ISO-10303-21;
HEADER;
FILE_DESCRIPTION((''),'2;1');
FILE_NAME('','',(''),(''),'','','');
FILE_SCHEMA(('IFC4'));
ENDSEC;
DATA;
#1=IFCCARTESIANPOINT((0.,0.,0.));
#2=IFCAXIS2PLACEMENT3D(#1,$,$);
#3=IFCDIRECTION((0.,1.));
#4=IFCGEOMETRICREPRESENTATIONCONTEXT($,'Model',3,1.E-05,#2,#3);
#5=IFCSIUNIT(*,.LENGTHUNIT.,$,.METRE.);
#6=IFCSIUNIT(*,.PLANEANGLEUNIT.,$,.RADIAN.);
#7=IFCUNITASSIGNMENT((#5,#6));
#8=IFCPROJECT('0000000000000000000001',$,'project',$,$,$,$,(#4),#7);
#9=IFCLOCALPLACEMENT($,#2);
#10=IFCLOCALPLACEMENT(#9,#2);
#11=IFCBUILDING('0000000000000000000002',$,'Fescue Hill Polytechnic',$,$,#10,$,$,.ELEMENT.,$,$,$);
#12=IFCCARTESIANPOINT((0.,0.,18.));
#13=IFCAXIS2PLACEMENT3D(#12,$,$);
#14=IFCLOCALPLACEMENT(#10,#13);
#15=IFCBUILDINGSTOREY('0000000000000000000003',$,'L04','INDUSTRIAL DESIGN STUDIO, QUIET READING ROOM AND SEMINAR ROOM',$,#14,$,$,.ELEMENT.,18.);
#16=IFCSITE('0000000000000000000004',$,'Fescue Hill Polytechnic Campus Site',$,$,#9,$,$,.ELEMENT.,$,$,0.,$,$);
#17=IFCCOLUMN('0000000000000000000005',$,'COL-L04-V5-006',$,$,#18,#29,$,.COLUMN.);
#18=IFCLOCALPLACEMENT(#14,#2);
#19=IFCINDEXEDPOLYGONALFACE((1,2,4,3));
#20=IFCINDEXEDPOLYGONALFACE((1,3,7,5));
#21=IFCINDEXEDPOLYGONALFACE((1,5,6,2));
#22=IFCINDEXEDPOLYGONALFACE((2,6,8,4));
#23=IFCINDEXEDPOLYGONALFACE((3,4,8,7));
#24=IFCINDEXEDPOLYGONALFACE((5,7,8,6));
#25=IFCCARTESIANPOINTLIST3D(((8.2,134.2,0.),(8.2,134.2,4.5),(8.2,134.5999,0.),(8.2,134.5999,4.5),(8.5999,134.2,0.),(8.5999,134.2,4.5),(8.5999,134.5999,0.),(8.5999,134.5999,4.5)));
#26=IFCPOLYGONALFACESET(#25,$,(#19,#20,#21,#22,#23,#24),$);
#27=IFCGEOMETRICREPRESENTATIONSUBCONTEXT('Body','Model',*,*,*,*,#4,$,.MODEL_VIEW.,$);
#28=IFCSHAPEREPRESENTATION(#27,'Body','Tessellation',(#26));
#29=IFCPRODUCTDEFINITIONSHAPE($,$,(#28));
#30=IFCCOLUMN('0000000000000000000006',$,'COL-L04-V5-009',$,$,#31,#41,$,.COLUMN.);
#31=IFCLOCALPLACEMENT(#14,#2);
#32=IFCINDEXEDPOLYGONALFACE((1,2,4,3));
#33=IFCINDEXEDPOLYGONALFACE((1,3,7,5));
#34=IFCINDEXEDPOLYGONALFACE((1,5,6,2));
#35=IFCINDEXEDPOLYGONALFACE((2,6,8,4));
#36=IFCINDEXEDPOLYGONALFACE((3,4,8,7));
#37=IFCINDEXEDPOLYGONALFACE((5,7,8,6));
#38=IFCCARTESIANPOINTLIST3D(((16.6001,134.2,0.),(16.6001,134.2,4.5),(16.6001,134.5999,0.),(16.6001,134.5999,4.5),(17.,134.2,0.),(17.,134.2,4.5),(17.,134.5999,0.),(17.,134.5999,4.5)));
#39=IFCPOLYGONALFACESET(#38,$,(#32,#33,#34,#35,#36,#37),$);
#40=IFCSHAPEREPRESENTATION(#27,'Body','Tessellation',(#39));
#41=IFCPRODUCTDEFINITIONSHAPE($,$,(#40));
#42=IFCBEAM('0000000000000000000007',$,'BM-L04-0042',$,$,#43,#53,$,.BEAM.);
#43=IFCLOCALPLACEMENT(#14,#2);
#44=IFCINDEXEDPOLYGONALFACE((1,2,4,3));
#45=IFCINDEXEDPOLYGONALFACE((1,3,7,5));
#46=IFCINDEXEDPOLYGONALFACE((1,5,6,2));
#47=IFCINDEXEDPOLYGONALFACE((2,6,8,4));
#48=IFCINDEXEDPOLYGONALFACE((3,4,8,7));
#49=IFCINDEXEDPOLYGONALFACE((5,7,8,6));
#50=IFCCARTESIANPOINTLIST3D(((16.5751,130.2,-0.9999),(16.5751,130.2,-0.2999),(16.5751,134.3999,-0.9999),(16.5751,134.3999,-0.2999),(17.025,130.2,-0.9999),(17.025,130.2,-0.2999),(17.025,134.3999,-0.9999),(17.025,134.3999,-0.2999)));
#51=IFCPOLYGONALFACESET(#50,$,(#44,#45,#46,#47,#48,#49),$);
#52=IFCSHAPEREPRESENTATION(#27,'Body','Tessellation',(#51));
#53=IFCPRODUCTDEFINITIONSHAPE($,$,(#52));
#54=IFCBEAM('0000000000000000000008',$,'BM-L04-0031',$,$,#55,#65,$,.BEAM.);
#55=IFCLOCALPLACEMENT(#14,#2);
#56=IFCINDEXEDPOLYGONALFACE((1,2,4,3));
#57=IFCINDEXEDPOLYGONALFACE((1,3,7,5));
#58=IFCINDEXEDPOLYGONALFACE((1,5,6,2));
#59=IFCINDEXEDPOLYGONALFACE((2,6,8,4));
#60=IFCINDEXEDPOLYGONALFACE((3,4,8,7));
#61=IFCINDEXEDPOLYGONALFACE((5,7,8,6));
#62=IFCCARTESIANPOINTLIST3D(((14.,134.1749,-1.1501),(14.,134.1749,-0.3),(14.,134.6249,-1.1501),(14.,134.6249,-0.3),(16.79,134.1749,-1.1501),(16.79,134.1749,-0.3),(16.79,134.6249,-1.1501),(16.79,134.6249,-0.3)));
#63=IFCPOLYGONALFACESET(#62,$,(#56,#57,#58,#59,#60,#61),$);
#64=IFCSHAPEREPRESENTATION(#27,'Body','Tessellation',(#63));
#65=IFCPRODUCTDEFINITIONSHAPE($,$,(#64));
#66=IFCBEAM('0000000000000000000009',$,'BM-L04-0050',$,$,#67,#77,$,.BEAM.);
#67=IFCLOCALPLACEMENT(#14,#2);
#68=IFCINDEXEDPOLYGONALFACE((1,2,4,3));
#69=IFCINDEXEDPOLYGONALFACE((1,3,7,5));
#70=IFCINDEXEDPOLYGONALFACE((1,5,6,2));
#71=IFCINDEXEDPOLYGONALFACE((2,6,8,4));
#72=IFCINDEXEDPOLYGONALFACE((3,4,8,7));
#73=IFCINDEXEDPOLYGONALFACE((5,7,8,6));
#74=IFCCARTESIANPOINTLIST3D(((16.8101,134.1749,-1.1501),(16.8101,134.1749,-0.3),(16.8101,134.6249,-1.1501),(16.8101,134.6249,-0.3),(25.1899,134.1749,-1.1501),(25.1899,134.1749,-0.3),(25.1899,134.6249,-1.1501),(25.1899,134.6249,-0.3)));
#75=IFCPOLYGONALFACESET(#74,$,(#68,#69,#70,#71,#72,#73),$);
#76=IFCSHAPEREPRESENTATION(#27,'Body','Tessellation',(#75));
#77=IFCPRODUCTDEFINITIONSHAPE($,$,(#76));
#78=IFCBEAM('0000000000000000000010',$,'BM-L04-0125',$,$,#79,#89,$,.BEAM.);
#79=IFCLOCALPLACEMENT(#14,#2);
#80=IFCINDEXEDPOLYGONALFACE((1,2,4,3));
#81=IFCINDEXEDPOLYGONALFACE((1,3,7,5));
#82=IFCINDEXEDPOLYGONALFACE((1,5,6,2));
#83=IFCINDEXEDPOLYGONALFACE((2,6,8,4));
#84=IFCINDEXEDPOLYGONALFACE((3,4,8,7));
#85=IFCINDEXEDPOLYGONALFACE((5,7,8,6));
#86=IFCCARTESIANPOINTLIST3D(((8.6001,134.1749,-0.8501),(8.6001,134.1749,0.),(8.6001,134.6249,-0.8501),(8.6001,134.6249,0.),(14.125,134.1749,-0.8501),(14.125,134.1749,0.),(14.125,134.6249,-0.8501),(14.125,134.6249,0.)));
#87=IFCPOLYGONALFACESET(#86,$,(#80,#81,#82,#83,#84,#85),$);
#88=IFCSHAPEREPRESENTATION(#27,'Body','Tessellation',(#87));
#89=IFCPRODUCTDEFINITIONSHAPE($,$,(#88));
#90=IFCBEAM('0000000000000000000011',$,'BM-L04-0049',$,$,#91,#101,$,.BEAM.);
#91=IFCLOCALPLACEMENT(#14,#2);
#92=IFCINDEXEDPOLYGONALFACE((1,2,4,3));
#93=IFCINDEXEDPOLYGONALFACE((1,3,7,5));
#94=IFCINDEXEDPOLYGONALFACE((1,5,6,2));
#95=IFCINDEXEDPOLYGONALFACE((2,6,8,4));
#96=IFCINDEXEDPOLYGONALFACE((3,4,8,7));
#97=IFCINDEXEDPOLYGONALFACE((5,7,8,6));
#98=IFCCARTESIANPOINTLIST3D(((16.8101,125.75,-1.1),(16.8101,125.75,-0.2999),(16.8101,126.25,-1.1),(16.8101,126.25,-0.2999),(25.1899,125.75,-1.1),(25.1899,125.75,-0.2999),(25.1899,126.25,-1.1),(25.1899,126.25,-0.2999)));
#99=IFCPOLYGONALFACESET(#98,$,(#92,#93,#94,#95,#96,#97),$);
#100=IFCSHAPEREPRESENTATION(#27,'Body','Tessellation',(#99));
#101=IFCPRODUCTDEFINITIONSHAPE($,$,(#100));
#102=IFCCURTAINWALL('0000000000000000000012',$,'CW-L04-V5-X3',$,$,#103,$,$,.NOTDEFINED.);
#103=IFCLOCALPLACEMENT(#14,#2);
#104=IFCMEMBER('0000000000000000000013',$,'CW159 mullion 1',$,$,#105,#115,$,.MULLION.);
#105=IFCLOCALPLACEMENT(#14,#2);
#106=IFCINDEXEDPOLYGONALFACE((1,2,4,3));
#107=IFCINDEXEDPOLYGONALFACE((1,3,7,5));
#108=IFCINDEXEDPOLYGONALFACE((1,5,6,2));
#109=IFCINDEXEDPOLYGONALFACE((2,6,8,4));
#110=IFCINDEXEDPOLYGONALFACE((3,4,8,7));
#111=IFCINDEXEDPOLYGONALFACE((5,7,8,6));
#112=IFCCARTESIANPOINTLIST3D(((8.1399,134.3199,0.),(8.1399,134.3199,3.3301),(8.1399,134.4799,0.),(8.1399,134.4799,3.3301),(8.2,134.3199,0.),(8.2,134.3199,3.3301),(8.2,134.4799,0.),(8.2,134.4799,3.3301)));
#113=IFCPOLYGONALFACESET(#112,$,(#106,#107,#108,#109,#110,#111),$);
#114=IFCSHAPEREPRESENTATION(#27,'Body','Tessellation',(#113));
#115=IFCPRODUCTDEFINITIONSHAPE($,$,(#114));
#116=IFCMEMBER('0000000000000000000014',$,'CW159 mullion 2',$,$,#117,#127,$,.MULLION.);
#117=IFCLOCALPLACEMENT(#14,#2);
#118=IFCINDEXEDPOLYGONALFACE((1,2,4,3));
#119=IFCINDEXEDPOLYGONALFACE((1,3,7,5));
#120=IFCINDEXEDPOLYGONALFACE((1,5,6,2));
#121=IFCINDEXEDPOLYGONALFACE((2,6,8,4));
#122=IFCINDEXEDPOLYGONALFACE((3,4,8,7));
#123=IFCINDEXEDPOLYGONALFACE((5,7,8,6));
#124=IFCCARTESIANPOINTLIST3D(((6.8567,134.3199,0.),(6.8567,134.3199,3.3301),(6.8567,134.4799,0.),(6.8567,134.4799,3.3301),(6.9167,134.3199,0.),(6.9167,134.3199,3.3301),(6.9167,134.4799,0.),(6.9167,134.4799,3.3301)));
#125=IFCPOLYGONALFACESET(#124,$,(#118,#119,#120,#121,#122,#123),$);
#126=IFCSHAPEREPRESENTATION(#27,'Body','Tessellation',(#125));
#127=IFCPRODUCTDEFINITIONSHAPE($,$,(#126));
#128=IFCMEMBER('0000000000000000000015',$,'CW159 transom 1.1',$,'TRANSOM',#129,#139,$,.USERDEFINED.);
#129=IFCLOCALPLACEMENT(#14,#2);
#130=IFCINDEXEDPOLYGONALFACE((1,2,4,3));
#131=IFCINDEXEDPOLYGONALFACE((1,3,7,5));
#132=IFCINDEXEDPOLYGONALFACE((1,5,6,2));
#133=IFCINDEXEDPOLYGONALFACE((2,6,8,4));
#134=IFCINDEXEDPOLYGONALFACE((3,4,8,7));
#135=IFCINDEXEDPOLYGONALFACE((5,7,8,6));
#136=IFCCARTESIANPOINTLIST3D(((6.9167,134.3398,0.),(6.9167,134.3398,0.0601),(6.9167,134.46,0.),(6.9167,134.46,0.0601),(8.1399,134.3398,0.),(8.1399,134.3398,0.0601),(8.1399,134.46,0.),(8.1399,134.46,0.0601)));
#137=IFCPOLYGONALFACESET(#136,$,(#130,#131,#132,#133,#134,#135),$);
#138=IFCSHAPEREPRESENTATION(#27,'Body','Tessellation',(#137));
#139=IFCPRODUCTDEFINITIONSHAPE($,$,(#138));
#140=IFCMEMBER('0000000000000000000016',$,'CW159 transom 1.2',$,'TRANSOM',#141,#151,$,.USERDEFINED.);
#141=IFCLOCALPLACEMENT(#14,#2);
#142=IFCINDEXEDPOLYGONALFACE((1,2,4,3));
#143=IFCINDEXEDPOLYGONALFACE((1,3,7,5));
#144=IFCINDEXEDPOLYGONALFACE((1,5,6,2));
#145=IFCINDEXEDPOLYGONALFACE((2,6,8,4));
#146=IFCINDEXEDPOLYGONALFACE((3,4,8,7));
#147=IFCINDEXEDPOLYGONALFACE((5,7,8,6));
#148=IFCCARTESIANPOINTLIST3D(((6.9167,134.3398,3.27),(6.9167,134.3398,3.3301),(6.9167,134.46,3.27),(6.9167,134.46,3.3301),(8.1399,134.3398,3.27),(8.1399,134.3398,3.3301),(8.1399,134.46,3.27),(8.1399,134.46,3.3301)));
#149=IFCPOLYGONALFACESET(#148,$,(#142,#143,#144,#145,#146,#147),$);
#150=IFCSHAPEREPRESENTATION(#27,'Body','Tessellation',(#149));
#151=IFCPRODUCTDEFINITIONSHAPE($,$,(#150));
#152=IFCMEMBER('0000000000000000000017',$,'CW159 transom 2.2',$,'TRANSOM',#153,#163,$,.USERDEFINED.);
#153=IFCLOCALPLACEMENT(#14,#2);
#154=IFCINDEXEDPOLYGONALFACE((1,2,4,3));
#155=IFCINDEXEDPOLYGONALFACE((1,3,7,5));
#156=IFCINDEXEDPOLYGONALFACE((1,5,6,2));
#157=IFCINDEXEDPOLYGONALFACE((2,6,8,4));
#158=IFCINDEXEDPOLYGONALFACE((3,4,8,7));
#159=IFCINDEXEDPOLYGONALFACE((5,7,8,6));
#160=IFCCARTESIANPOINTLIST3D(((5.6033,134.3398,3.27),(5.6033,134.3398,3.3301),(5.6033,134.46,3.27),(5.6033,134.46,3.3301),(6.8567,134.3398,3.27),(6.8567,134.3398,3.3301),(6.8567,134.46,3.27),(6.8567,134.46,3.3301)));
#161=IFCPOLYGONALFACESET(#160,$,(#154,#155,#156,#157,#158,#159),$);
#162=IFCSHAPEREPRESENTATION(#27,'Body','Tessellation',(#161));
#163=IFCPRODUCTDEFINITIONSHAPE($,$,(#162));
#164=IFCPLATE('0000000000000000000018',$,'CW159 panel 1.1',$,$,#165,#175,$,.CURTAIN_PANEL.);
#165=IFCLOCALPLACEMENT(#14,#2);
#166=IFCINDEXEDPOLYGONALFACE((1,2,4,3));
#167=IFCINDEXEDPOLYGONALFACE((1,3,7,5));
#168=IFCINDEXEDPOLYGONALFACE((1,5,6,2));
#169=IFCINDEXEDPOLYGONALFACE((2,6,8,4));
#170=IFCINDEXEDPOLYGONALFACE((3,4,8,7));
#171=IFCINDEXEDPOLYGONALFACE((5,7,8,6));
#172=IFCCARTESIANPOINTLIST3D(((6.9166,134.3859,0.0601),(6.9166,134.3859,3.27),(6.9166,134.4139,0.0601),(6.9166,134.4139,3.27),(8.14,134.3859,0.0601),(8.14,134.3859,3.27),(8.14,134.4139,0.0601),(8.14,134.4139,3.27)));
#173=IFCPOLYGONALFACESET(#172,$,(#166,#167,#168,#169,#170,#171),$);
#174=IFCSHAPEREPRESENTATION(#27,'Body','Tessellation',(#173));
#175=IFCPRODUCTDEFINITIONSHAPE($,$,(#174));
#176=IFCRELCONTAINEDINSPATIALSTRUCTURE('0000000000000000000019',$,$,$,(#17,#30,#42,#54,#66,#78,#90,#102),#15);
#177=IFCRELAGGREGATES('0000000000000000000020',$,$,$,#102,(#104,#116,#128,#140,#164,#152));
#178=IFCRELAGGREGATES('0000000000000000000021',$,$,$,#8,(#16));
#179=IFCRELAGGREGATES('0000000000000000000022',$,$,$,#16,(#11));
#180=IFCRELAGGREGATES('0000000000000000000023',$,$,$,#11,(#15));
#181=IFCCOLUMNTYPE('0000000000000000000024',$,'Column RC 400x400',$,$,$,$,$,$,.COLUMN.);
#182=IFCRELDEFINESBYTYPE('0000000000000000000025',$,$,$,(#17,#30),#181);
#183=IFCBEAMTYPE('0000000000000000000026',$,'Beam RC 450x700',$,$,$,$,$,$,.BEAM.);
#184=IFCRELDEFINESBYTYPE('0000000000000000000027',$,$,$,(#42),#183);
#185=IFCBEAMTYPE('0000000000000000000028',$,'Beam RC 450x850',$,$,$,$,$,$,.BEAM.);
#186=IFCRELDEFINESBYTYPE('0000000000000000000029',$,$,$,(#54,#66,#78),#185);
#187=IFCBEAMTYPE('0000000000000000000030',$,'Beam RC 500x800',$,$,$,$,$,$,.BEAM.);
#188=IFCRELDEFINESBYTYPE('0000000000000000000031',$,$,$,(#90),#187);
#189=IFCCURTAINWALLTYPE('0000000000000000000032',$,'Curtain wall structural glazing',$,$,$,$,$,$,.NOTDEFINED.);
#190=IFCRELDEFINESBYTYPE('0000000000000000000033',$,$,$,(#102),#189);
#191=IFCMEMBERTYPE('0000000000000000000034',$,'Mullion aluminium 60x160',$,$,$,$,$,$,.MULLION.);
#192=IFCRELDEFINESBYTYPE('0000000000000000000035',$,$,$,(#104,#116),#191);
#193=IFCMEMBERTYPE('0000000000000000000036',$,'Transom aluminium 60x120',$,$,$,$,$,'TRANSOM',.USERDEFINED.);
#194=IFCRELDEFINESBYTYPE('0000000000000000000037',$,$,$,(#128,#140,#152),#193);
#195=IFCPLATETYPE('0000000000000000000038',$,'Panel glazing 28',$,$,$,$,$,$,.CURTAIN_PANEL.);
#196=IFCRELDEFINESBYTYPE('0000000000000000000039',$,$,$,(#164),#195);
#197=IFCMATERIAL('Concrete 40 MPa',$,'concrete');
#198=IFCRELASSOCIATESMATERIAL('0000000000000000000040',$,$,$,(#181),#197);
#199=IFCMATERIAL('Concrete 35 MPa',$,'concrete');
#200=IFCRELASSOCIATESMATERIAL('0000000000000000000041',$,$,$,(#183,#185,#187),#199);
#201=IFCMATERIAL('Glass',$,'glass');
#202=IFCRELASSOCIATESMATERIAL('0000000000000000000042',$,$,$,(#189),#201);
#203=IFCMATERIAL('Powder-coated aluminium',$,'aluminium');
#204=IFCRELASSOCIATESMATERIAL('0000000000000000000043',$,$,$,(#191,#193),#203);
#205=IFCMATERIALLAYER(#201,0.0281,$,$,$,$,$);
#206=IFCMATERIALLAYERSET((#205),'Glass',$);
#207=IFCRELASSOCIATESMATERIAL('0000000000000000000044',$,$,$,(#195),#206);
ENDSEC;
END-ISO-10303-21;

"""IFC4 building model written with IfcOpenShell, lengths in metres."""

from ifc_helpers import new_model, si_unit, direction, frame, origin, origin_2d, place, context, subcontext, project, spatial, rectangle, extrude, material, layer, layer_set, material_profile, profile_set, type_object, element, aggregate, save


model = new_model("IFC4")

# Units and contexts
model_context = context("Model", 3, precision=1e-05, world=origin(), true_north=direction((0.0, 1.0)))
body_context = subcontext(model_context, "Body", "Model", "MODEL_VIEW")
ifc_project = project(units=[si_unit("LENGTHUNIT", "METRE"), si_unit("PLANEANGLEUNIT", "RADIAN")], contexts=[model_context])

# Site, building, storey
site_placement = place(None, origin())
site = spatial("IfcSite", under=ifc_project, at=site_placement, Name="Fescue Hill Polytechnic Campus Site", CompositionType="ELEMENT", RefElevation=0.0)
building_placement = place(site_placement, origin())
building = spatial("IfcBuilding", under=site, at=building_placement, Name="Fescue Hill Polytechnic", CompositionType="ELEMENT")
storey_placement = place(building_placement, frame((0.0, 0.0, 18.0)))
storey = spatial("IfcBuildingStorey", under=building, at=storey_placement, Name="L04", Description="INDUSTRIAL DESIGN STUDIO, QUIET READING ROOM AND SEMINAR ROOM", CompositionType="ELEMENT", Elevation=18.0)

# Columns
ifc_material_1 = material(Name="Concrete 40 MPa", Category="concrete")
ifc_material_profile_1 = material_profile(ifc_material_1, rectangle(XDim=0.3999, YDim=0.3999, at=origin_2d()), Name="RC 400x400")
ifc_profile_set_1 = profile_set([ifc_material_profile_1], Name="Concrete 40 MPa")
column_type = type_object("IfcColumnType", Name="Column RC 400x400", PredefinedType="COLUMN", material=ifc_profile_set_1)
for number, where, z_axis, x_axis, name in (
    (1, (8.3999, 134.3999, 0.0), (0.0, 0.0, 1.0), (1.0, 0.0, 0.0), "COL-L04-V5-006"),
    (2, (16.8, 134.3999, 0.0), (0.0, 0.0, 1.0), (1.0, 0.0, 0.0), "COL-L04-V5-009"),
):
    element("IfcColumn", number, at=place(storey_placement, frame(where, z_axis=z_axis, x_axis=x_axis)), inside=storey, type_object=column_type, Name=name, PredefinedType="COLUMN", context=body_context, shape_type="SweptSolid", body=[
        extrude(rectangle(XDim=0.3999, YDim=0.3999, at=origin_2d()), origin(), (0.0, 0.0, 1.0), 4.5),
    ])

# Beams
ifc_material_2 = material(Name="Concrete 35 MPa", Category="concrete")
ifc_material_profile_2 = material_profile(ifc_material_2, rectangle(XDim=0.45, YDim=0.7, at=origin_2d()), Name="RC 450x700")
ifc_profile_set_2 = profile_set([ifc_material_profile_2], Name="Concrete 35 MPa")
beam_type_1 = type_object("IfcBeamType", Name="Beam RC 450x700", PredefinedType="BEAM", material=ifc_profile_set_2)
beam_1_placement = place(storey_placement, frame((16.8, 130.2, -0.6499), z_axis=(0.0, 1.0, 0.0), x_axis=(-1.0, 0.0, 0.0)))
element("IfcBeam", 3, at=beam_1_placement, inside=storey, type_object=beam_type_1, Name="BM-L04-0042", PredefinedType="BEAM", context=body_context, shape_type="SweptSolid", body=[
    extrude(rectangle(XDim=0.45, YDim=0.7, at=origin_2d()), origin(), (0.0, 0.0, 1.0), 4.2),
])
ifc_material_profile_3 = material_profile(ifc_material_2, rectangle(XDim=0.45, YDim=0.8501, at=origin_2d()), Name="RC 450x850")
ifc_profile_set_3 = profile_set([ifc_material_profile_3], Name="Concrete 35 MPa")
beam_type_2 = type_object("IfcBeamType", Name="Beam RC 450x850", PredefinedType="BEAM", material=ifc_profile_set_3)
beam_2_placement = place(storey_placement, frame((14.0, 134.3999, -0.7251), z_axis=(1.0, 0.0, 0.0), x_axis=(0.0, 1.0, 0.0)))
element("IfcBeam", 4, at=beam_2_placement, inside=storey, type_object=beam_type_2, Name="BM-L04-0031", PredefinedType="BEAM", context=body_context, shape_type="SweptSolid", body=[
    extrude(rectangle(XDim=0.45, YDim=0.8501, at=origin_2d()), origin(), (0.0, 0.0, 1.0), 2.79),
])
beam_3_placement = place(storey_placement, frame((16.8101, 134.3999, -0.7251), z_axis=(1.0, 0.0, 0.0), x_axis=(0.0, 1.0, 0.0)))
element("IfcBeam", 5, at=beam_3_placement, inside=storey, type_object=beam_type_2, Name="BM-L04-0050", PredefinedType="BEAM", context=body_context, shape_type="SweptSolid", body=[
    extrude(rectangle(XDim=0.45, YDim=0.8501, at=origin_2d()), origin(), (0.0, 0.0, 1.0), 8.3799),
])
beam_4_placement = place(storey_placement, frame((8.6001, 134.3999, -0.425), z_axis=(1.0, 0.0, 0.0), x_axis=(0.0, 1.0, 0.0)))
element("IfcBeam", 6, at=beam_4_placement, inside=storey, type_object=beam_type_2, Name="BM-L04-0125", PredefinedType="BEAM", context=body_context, shape_type="SweptSolid", body=[
    extrude(rectangle(XDim=0.45, YDim=0.8501, at=origin_2d()), origin(), (0.0, 0.0, 1.0), 5.5249),
])
ifc_material_profile_4 = material_profile(ifc_material_2, rectangle(XDim=0.5, YDim=0.8, at=origin_2d()), Name="RC 500x800")
ifc_profile_set_4 = profile_set([ifc_material_profile_4], Name="Concrete 35 MPa")
beam_type_3 = type_object("IfcBeamType", Name="Beam RC 500x800", PredefinedType="BEAM", material=ifc_profile_set_4)
beam_5_placement = place(storey_placement, frame((16.8101, 126.0, -0.7), z_axis=(1.0, 0.0, 0.0), x_axis=(0.0, 1.0, 0.0)))
element("IfcBeam", 7, at=beam_5_placement, inside=storey, type_object=beam_type_3, Name="BM-L04-0049", PredefinedType="BEAM", context=body_context, shape_type="SweptSolid", body=[
    extrude(rectangle(XDim=0.5, YDim=0.8, at=origin_2d()), origin(), (0.0, 0.0, 1.0), 8.3799),
])

# Curtain wall, members, plate
ifc_material_3 = material(Name="Glass", Category="glass")
curtain_wall_type = type_object("IfcCurtainWallType", Name="Curtain wall structural glazing", PredefinedType="NOTDEFINED", material=ifc_material_3)
curtain_wall_placement = place(storey_placement, origin())
curtain_wall = element("IfcCurtainWall", 8, at=curtain_wall_placement, inside=storey, type_object=curtain_wall_type, Name="CW-L04-V5-X3", PredefinedType="NOTDEFINED")
ifc_material_4 = material(Name="Powder-coated aluminium", Category="aluminium")
ifc_material_profile_5 = material_profile(ifc_material_4, rectangle(XDim=0.1599, YDim=0.0601, at=origin_2d()), Name="Mullion aluminium 60x160")
ifc_profile_set_5 = profile_set([ifc_material_profile_5], Name="Powder-coated aluminium")
member_type_1 = type_object("IfcMemberType", Name="Mullion aluminium 60x160", PredefinedType="MULLION", material=ifc_profile_set_5)
member_1_placement = place(storey_placement, frame((8.1699, 134.3999, 0.0), z_axis=(0.0, 0.0, 1.0), x_axis=(0.0, -1.0, 0.0)))
member_1 = element("IfcMember", 9, at=member_1_placement, type_object=member_type_1, Name="CW159 mullion 1", PredefinedType="MULLION", context=body_context, shape_type="SweptSolid", body=[
    extrude(rectangle(XDim=0.1599, YDim=0.0601, at=origin_2d()), origin(), (0.0, 0.0, 1.0), 3.3301),
])
member_2_placement = place(storey_placement, frame((6.8867, 134.3999, 0.0), z_axis=(0.0, 0.0, 1.0), x_axis=(0.0, -1.0, 0.0)))
member_2 = element("IfcMember", 10, at=member_2_placement, type_object=member_type_1, Name="CW159 mullion 2", PredefinedType="MULLION", context=body_context, shape_type="SweptSolid", body=[
    extrude(rectangle(XDim=0.1599, YDim=0.0601, at=origin_2d()), origin(), (0.0, 0.0, 1.0), 3.3301),
])
ifc_material_profile_6 = material_profile(ifc_material_4, rectangle(XDim=0.1201, YDim=0.0601, at=origin_2d()), Name="Transom aluminium 60x120")
ifc_profile_set_6 = profile_set([ifc_material_profile_6], Name="Powder-coated aluminium")
member_type_2 = type_object("IfcMemberType", Name="Transom aluminium 60x120", ElementType="TRANSOM", PredefinedType="USERDEFINED", material=ifc_profile_set_6)
member_3_placement = place(storey_placement, frame((8.1399, 134.3999, 0.03), z_axis=(-1.0, 0.0, 0.0), x_axis=(0.0, -1.0, 0.0)))
member_3 = element("IfcMember", 11, at=member_3_placement, type_object=member_type_2, Name="CW159 transom 1.1", ObjectType="TRANSOM", PredefinedType="USERDEFINED", context=body_context, shape_type="SweptSolid", body=[
    extrude(rectangle(XDim=0.1201, YDim=0.0601, at=origin_2d()), origin(), (0.0, 0.0, 1.0), 1.2231),
])
member_4_placement = place(storey_placement, frame((8.1399, 134.3999, 3.3), z_axis=(-1.0, 0.0, 0.0), x_axis=(0.0, -1.0, 0.0)))
member_4 = element("IfcMember", 12, at=member_4_placement, type_object=member_type_2, Name="CW159 transom 1.2", ObjectType="TRANSOM", PredefinedType="USERDEFINED", context=body_context, shape_type="SweptSolid", body=[
    extrude(rectangle(XDim=0.1201, YDim=0.0601, at=origin_2d()), origin(), (0.0, 0.0, 1.0), 1.2231),
])
member_5_placement = place(storey_placement, frame((6.8567, 134.3999, 3.3), z_axis=(-1.0, 0.0, 0.0), x_axis=(0.0, -1.0, 0.0)))
member_5 = element("IfcMember", 13, at=member_5_placement, type_object=member_type_2, Name="CW159 transom 2.2", ObjectType="TRANSOM", PredefinedType="USERDEFINED", context=body_context, shape_type="SweptSolid", body=[
    extrude(rectangle(XDim=0.1201, YDim=0.0601, at=origin_2d()), origin(), (0.0, 0.0, 1.0), 1.2534),
])
ifc_layer_1 = layer(ifc_material_3, 0.0281)
ifc_layer_set_1 = layer_set([ifc_layer_1], Name="Glass")
plate_type = type_object("IfcPlateType", Name="Panel glazing 28", PredefinedType="CURTAIN_PANEL", material=ifc_layer_set_1)
plate_placement = place(storey_placement, frame((7.5283, 134.3999, 0.0601), z_axis=(0.0, 0.0, 1.0), x_axis=(-1.0, 0.0, 0.0)))
plate = element("IfcPlate", 14, at=plate_placement, type_object=plate_type, Name="CW159 panel 1.1", PredefinedType="CURTAIN_PANEL", context=body_context, shape_type="SweptSolid", body=[
    extrude(rectangle(XDim=1.2234, YDim=0.0281, at=origin_2d()), origin(), (0.0, 0.0, 1.0), 3.21),
])
aggregate(curtain_wall, [member_1, member_2, member_3, member_4, plate, member_5])

save(model, "model.ifc")
